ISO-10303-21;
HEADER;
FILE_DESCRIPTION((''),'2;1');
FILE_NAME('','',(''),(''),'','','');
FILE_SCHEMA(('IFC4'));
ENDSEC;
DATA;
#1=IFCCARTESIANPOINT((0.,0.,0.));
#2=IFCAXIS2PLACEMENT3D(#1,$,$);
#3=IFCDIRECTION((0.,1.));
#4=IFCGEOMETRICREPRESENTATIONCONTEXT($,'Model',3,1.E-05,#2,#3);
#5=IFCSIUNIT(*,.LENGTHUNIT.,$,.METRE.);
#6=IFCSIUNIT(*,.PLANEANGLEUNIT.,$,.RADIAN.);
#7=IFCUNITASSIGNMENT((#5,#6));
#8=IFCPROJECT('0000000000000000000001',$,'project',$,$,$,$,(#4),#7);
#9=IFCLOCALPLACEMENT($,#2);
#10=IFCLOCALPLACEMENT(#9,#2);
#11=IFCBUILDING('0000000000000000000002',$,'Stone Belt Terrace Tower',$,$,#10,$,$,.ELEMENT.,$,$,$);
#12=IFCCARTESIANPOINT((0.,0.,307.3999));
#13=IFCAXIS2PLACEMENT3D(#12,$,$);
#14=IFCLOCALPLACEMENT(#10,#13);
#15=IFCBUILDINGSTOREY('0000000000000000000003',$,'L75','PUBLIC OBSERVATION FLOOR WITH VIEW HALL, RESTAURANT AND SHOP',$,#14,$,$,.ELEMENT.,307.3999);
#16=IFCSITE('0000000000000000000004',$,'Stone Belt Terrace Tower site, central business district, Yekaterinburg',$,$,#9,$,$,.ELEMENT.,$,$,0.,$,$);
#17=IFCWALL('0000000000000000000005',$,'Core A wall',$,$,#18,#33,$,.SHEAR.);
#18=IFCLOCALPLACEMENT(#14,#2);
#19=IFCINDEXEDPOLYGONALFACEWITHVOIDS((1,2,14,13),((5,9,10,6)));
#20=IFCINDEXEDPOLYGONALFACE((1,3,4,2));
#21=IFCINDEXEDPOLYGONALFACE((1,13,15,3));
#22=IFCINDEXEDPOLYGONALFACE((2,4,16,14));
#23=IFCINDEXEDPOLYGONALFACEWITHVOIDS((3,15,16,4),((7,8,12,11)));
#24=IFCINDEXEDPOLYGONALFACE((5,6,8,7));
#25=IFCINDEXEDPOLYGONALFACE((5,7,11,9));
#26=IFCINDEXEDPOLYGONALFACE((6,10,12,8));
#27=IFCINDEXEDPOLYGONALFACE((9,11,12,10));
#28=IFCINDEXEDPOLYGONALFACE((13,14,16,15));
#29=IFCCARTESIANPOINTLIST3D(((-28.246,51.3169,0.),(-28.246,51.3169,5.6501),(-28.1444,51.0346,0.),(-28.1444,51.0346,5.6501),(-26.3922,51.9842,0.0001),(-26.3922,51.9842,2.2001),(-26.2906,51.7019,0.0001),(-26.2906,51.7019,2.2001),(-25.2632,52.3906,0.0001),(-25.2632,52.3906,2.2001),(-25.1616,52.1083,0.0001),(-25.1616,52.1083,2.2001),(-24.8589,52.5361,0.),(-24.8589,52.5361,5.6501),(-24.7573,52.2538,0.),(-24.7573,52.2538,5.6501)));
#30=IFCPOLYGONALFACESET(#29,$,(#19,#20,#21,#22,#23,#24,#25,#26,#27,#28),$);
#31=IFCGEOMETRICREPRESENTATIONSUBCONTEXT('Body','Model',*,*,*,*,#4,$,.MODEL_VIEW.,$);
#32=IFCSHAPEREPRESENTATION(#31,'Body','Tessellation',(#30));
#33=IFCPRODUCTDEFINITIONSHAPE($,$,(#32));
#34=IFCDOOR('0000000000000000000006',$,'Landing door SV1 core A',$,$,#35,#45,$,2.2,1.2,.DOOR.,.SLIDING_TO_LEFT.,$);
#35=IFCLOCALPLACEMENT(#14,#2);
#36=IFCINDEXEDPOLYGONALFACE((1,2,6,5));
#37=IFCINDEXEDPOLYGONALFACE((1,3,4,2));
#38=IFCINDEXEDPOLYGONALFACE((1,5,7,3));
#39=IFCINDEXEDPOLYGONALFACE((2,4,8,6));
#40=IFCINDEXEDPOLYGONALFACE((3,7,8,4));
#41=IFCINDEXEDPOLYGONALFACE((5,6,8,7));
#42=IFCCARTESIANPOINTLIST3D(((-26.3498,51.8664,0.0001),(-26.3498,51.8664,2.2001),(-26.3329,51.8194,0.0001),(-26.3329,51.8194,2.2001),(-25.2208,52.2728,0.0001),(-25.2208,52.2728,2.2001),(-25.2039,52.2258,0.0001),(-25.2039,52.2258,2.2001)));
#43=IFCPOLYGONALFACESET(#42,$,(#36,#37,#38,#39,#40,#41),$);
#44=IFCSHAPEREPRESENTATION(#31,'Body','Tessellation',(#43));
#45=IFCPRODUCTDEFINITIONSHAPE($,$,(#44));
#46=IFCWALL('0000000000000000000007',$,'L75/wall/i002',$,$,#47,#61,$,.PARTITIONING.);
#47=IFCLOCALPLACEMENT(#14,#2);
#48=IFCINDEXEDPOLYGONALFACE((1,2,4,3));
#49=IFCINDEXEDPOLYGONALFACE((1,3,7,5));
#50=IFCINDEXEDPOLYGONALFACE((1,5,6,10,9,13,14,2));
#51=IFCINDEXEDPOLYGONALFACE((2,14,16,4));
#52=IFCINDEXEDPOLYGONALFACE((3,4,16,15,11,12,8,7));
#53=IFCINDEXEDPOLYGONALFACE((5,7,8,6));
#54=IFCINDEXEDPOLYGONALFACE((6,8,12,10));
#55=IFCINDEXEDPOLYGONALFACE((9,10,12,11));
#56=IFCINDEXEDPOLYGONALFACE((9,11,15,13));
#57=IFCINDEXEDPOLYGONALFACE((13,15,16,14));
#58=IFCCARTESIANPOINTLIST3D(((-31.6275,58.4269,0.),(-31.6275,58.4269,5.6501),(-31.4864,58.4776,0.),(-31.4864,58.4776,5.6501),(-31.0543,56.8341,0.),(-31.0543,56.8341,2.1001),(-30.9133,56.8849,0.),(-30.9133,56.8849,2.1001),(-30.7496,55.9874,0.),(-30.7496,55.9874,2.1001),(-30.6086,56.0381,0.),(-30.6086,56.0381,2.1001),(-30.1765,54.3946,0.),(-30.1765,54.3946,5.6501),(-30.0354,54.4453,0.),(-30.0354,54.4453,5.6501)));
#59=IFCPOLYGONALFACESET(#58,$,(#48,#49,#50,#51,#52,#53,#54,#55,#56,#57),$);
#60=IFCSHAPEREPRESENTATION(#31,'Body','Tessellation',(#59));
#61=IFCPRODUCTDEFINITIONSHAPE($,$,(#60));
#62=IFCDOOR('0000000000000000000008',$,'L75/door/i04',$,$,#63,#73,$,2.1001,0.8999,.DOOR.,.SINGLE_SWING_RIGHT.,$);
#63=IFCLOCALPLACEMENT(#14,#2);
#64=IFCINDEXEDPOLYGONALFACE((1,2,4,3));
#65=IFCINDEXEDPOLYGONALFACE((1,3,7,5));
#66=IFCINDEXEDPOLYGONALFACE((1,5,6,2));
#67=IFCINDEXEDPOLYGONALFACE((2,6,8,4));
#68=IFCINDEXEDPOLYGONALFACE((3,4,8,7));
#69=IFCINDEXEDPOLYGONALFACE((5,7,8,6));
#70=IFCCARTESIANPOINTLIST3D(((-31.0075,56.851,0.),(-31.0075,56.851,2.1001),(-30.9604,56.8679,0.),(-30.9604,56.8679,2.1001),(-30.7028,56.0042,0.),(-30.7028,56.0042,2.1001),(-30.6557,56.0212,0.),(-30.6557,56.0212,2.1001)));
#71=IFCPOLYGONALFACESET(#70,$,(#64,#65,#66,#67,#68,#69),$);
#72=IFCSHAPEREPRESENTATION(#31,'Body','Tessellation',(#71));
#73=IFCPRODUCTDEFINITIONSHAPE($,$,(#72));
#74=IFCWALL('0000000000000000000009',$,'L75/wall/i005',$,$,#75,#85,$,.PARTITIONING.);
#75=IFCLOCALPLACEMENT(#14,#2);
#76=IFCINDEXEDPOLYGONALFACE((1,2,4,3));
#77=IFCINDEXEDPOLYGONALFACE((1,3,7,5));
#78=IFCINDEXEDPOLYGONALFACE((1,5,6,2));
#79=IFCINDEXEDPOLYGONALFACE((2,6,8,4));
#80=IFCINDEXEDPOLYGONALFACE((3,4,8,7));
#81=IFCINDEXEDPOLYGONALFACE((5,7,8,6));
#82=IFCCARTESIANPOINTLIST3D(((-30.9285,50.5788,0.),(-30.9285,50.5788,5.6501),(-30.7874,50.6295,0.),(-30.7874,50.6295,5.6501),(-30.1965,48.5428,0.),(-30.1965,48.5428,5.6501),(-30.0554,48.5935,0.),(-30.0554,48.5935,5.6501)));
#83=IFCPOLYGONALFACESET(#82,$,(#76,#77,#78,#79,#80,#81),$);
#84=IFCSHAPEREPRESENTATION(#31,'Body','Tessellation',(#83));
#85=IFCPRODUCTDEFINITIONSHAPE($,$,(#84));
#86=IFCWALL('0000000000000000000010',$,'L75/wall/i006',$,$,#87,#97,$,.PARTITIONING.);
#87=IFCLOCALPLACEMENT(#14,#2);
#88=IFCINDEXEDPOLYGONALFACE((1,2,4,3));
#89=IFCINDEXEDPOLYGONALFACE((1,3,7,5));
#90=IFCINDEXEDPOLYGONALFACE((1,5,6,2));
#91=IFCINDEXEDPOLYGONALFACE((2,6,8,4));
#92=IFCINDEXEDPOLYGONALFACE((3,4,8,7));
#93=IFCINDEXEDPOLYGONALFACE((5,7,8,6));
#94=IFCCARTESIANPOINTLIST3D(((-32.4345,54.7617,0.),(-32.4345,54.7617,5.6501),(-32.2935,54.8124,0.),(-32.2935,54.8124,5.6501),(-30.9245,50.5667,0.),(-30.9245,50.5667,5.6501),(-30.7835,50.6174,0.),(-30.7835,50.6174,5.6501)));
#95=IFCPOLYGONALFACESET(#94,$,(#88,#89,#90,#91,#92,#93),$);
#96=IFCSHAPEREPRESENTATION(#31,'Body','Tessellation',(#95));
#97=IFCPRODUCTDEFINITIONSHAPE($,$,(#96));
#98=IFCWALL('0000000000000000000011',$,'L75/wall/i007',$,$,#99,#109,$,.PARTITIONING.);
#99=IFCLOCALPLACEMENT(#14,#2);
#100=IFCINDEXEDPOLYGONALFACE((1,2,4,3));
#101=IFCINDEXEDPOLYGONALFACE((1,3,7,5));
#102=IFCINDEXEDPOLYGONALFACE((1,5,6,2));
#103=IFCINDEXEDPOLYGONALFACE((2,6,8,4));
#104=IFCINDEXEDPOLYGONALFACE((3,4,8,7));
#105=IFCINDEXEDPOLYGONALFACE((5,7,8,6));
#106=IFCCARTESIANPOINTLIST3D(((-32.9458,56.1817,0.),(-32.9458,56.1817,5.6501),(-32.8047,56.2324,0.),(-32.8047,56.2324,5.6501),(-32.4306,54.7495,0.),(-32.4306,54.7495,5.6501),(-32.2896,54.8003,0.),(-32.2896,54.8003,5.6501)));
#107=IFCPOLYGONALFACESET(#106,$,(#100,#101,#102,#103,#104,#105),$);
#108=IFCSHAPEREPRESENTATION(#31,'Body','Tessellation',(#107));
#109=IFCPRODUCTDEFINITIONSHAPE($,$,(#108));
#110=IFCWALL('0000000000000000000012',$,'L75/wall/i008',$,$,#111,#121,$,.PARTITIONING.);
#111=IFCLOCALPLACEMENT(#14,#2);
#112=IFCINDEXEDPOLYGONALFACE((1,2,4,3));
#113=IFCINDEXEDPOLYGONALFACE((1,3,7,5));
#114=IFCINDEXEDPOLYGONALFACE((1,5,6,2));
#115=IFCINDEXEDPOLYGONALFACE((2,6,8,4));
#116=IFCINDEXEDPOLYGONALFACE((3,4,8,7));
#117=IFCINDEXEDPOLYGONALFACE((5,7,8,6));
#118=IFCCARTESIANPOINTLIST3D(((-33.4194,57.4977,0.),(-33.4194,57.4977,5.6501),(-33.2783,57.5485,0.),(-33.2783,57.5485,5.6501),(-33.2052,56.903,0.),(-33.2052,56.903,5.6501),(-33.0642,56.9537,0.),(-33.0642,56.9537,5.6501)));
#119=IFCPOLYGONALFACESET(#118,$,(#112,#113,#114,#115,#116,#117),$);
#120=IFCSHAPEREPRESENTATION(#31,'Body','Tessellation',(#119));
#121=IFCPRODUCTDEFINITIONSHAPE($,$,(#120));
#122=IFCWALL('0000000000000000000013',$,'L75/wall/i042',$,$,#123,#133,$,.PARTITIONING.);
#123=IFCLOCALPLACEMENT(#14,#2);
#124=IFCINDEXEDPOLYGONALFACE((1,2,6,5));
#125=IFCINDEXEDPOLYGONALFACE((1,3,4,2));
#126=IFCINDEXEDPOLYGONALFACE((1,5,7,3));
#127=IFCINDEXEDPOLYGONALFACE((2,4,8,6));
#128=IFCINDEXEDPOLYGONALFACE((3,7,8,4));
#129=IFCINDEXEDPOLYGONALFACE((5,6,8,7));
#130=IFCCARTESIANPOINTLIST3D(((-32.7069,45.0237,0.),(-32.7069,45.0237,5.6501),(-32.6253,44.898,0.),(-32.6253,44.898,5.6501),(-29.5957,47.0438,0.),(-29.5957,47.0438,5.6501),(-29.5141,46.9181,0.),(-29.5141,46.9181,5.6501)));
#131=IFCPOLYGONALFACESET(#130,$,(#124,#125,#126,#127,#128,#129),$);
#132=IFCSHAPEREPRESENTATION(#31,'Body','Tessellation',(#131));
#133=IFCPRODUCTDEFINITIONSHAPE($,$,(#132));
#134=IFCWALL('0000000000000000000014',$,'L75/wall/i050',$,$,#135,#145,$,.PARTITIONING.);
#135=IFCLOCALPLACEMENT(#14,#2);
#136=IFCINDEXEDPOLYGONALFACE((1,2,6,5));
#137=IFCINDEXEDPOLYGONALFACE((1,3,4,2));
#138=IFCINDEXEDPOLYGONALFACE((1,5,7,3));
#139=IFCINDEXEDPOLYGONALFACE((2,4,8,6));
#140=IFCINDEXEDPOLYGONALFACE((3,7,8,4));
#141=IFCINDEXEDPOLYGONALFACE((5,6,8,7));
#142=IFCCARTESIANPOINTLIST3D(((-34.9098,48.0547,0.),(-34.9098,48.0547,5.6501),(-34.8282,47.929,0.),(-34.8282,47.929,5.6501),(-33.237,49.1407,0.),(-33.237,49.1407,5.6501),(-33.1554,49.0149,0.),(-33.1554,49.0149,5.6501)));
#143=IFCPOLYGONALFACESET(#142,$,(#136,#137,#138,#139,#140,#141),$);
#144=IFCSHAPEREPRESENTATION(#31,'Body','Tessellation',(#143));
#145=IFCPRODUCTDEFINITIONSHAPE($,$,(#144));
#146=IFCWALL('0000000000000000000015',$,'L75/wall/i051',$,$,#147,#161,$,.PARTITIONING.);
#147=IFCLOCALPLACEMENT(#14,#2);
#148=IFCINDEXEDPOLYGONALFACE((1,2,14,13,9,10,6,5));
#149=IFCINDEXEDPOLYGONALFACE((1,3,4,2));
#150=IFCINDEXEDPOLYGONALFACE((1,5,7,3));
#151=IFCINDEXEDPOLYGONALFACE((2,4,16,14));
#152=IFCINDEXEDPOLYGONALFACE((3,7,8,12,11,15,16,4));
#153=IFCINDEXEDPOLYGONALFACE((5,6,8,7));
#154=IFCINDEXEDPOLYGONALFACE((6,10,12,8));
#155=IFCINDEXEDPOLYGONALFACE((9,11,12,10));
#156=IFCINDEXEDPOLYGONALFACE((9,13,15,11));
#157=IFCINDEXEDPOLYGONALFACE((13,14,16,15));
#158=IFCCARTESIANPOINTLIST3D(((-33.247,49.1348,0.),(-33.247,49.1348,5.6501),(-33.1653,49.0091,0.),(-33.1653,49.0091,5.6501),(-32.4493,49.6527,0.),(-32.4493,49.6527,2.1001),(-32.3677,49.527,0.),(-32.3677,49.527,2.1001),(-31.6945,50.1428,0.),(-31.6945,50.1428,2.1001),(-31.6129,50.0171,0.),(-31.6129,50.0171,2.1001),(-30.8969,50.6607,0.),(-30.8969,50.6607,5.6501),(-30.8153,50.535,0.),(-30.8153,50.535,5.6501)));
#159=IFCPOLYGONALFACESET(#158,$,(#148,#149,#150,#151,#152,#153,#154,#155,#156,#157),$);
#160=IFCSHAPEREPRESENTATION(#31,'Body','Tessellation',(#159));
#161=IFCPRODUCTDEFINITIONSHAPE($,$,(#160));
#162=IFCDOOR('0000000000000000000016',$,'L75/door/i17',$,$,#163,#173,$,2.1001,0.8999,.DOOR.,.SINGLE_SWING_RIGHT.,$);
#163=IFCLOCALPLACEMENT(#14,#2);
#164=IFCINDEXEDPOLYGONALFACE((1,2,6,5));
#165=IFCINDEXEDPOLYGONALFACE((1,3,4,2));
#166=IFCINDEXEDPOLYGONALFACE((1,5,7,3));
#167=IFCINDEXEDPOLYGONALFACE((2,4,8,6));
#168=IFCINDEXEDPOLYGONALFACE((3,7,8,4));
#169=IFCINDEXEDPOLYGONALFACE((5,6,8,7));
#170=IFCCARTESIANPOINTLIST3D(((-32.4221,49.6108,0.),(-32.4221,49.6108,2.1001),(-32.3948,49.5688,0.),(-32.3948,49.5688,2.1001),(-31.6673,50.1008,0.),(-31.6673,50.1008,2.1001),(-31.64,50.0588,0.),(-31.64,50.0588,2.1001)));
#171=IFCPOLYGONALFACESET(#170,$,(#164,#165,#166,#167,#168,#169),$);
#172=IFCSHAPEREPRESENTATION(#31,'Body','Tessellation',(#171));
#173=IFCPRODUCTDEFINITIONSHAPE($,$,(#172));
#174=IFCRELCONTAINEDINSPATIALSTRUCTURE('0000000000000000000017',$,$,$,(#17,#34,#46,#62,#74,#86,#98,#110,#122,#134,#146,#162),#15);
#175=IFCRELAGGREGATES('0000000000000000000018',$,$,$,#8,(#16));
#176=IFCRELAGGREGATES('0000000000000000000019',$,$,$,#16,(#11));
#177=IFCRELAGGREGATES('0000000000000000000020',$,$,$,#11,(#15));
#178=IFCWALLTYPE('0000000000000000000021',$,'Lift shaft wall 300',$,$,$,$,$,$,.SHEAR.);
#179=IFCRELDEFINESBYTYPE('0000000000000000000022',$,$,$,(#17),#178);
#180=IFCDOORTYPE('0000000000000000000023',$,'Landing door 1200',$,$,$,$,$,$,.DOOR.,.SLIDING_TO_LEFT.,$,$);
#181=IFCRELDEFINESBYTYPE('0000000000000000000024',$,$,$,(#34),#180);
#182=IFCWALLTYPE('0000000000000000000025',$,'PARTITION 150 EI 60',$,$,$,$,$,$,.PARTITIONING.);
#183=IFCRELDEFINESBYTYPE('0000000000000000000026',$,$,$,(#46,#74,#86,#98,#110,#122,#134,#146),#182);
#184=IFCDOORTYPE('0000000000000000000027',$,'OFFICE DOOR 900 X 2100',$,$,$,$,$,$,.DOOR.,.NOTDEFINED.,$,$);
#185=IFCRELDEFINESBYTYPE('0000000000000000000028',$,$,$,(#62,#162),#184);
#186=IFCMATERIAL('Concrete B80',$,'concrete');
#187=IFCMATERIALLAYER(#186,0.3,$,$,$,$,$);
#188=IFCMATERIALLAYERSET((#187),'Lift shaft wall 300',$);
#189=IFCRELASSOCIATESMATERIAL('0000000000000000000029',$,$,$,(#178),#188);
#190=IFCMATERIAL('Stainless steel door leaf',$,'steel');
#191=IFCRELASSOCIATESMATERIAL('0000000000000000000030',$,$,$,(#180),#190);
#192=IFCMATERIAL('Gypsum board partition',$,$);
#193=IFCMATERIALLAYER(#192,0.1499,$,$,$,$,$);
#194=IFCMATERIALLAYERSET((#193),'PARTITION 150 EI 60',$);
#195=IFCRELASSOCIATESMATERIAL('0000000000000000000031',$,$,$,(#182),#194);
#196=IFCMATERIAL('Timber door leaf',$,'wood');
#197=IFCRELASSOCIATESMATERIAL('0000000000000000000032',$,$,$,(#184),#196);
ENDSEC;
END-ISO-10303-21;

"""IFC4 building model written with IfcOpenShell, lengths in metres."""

from ifc_helpers import new_model, si_unit, direction, frame, frame_2d, origin, place, context, subcontext, project, spatial, rectangle, extrude, material, layer, layer_set, type_object, element, fill, save


model = new_model("IFC4")

# Units and contexts
model_context = context("Model", 3, precision=1e-05, world=origin(), true_north=direction((0.0, 1.0)))
body_context = subcontext(model_context, "Body", "Model", "MODEL_VIEW")
ifc_project = project(units=[si_unit("LENGTHUNIT", "METRE"), si_unit("PLANEANGLEUNIT", "RADIAN")], contexts=[model_context])

# Site, building, storey
site_placement = place(None, origin())
site = spatial("IfcSite", under=ifc_project, at=site_placement, Name="Stone Belt Terrace Tower site, central business district, Yekaterinburg", CompositionType="ELEMENT", RefElevation=0.0)
building_placement = place(site_placement, origin())
building = spatial("IfcBuilding", under=site, at=building_placement, Name="Stone Belt Terrace Tower", CompositionType="ELEMENT")
storey_placement = place(building_placement, frame((0.0, 0.0, 307.3999)))
storey = spatial("IfcBuildingStorey", under=building, at=storey_placement, Name="L75", Description="PUBLIC OBSERVATION FLOOR WITH VIEW HALL, RESTAURANT AND SHOP", CompositionType="ELEMENT", Elevation=307.3999)

# Walls, openings, doors
ifc_material_1 = material(Name="Concrete B80", Category="concrete")
ifc_layer_1 = layer(ifc_material_1, 0.3)
ifc_layer_set_1 = layer_set([ifc_layer_1], Name="Lift shaft wall 300")
wall_type_1 = type_object("IfcWallType", Name="Lift shaft wall 300", PredefinedType="SHEAR", material=ifc_layer_set_1)
wall_1_placement = place(storey_placement, frame((-28.1951, 51.1758, 0.0), z_axis=(0.0, 0.0, 1.0), x_axis=(0.940901, 0.338681, 0.0)))
wall_1 = element("IfcWall", 1, at=wall_1_placement, inside=storey, type_object=wall_type_1, Name="Core A wall", PredefinedType="SHEAR", context=body_context, shape_type="SweptSolid", body=[
    extrude(rectangle(XDim=3.5999, YDim=0.3, at=frame_2d((1.7998, 0.0))), origin(), (0.0, 0.0, 1.0), 5.6501),
])
opening_1_placement = place(wall_1_placement, frame((1.97, 0.0, 0.0)))
opening_1 = element("IfcOpeningElement", 2, at=opening_1_placement, cuts=wall_1, PredefinedType="OPENING", context=body_context, shape_type="SweptSolid", body=[
    extrude(rectangle(XDim=1.2, YDim=2.2, at=frame_2d((0.6001, 1.1001))), frame((0.0, 0.1599, 0.0), z_axis=(0.0, -1.0, 0.0), x_axis=(1.0, 0.0, 0.0)), (0.0, 0.0, 1.0), 0.3201),
])
ifc_material_2 = material(Name="Stainless steel door leaf", Category="steel")
door_type_1 = type_object("IfcDoorType", Name="Landing door 1200", OperationType="SLIDING_TO_LEFT", PredefinedType="DOOR", material=ifc_material_2)
door_1_placement = place(opening_1_placement, origin())
door_1 = element("IfcDoor", 3, at=door_1_placement, inside=storey, type_object=door_type_1, Name="Landing door SV1 core A", OperationType="SLIDING_TO_LEFT", OverallHeight=2.2, OverallWidth=1.2, PredefinedType="DOOR", context=body_context, shape_type="SweptSolid", body=[
    extrude(rectangle(XDim=1.2, YDim=2.2, at=frame_2d((0.6001, 1.1001))), frame((0.0, 0.0249, 0.0), z_axis=(0.0, -1.0, 0.0), x_axis=(1.0, 0.0, 0.0)), (0.0, 0.0, 1.0), 0.05),
])
fill(opening_1, door_1)
ifc_material_3 = material(Name="Gypsum board partition")
ifc_layer_2 = layer(ifc_material_3, 0.1499)
ifc_layer_set_2 = layer_set([ifc_layer_2], Name="PARTITION 150 EI 60")
wall_type_2 = type_object("IfcWallType", Name="PARTITION 150 EI 60", PredefinedType="PARTITIONING", material=ifc_layer_set_2)
wall_2_placement = place(storey_placement, frame((-31.5569, 58.4521, 0.0), z_axis=(0.0, 0.0, 1.0), x_axis=(0.33858, -0.940938, 0.0)))
wall_2 = element("IfcWall", 4, at=wall_2_placement, inside=storey, type_object=wall_type_2, Name="L75/wall/i002", PredefinedType="PARTITIONING", context=body_context, shape_type="SweptSolid", body=[
    extrude(rectangle(XDim=4.2854, YDim=0.1499, at=frame_2d((2.1426, 0.0))), origin(), (0.0, 0.0, 1.0), 5.6501),
])
opening_2_placement = place(wall_2_placement, frame((1.6926, 0.0, 0.0)))
opening_2 = element("IfcOpeningElement", 5, at=opening_2_placement, cuts=wall_2, PredefinedType="OPENING", context=body_context, shape_type="SweptSolid", body=[
    extrude(rectangle(XDim=0.8999, YDim=2.1001, at=frame_2d((0.45, 1.05))), frame((0.0, 0.085, 0.0), z_axis=(0.0, -1.0, 0.0), x_axis=(1.0, 0.0, 0.0)), (0.0, 0.0, 1.0), 0.1699),
])
ifc_material_4 = material(Name="Timber door leaf", Category="wood")
door_type_2 = type_object("IfcDoorType", Name="OFFICE DOOR 900 X 2100", OperationType="NOTDEFINED", PredefinedType="DOOR", material=ifc_material_4)
door_2_placement = place(opening_2_placement, origin())
door_2 = element("IfcDoor", 6, at=door_2_placement, inside=storey, type_object=door_type_2, Name="L75/door/i04", OperationType="SINGLE_SWING_RIGHT", OverallHeight=2.1001, OverallWidth=0.8999, PredefinedType="DOOR", context=body_context, shape_type="SweptSolid", body=[
    extrude(rectangle(XDim=0.8999, YDim=2.1001, at=frame_2d((0.45, 1.05))), frame((0.0, 0.0249, 0.0), z_axis=(0.0, -1.0, 0.0), x_axis=(1.0, 0.0, 0.0)), (0.0, 0.0, 1.0), 0.05),
])
fill(opening_2, door_2)

# Walls
wall_3_placement = place(storey_placement, frame((-30.126, 48.5681, 0.0), z_axis=(0.0, 0.0, 1.0), x_axis=(-0.338316, 0.941033, 0.0)))
element("IfcWall", 7, at=wall_3_placement, inside=storey, type_object=wall_type_2, Name="L75/wall/i005", PredefinedType="PARTITIONING", context=body_context, shape_type="SweptSolid", body=[
    extrude(rectangle(XDim=2.1636, YDim=0.1499, at=frame_2d((1.0818, 0.0))), origin(), (0.0, 0.0, 1.0), 5.6501),
])
wall_4_placement = place(storey_placement, frame((-30.854, 50.592, 0.0), z_axis=(0.0, 0.0, 1.0), x_axis=(-0.338677, 0.940903, 0.0)))
element("IfcWall", 8, at=wall_4_placement, inside=storey, type_object=wall_type_2, Name="L75/wall/i006", PredefinedType="PARTITIONING", context=body_context, shape_type="SweptSolid", body=[
    extrude(rectangle(XDim=4.4585, YDim=0.1499, at=frame_2d((2.2292, 0.0))), origin(), (0.0, 0.0, 1.0), 5.6501),
])
wall_5_placement = place(storey_placement, frame((-32.3601, 54.7749, 0.0), z_axis=(0.0, 0.0, 1.0), x_axis=(-0.33847, 0.940977, 0.0)))
element("IfcWall", 9, at=wall_5_placement, inside=storey, type_object=wall_type_2, Name="L75/wall/i007", PredefinedType="PARTITIONING", context=body_context, shape_type="SweptSolid", body=[
    extrude(rectangle(XDim=1.522, YDim=0.1499, at=frame_2d((0.761, 0.0))), origin(), (0.0, 0.0, 1.0), 5.6501),
])
wall_6_placement = place(storey_placement, frame((-33.1348, 56.9285, 0.0), z_axis=(0.0, 0.0, 1.0), x_axis=(-0.338733, 0.940882, 0.0)))
element("IfcWall", 10, at=wall_6_placement, inside=storey, type_object=wall_type_2, Name="L75/wall/i008", PredefinedType="PARTITIONING", context=body_context, shape_type="SweptSolid", body=[
    extrude(rectangle(XDim=0.6321, YDim=0.1499, at=frame_2d((0.3159, 0.0))), origin(), (0.0, 0.0, 1.0), 5.6501),
])
wall_7_placement = place(storey_placement, frame((-29.5549, 46.981, 0.0), z_axis=(0.0, 0.0, 1.0), x_axis=(-0.838713, -0.544574, 0.0)))
element("IfcWall", 11, at=wall_7_placement, inside=storey, type_object=wall_type_2, Name="L75/wall/i042", PredefinedType="PARTITIONING", context=body_context, shape_type="SweptSolid", body=[
    extrude(rectangle(XDim=3.7095, YDim=0.1499, at=frame_2d((1.8547, 0.0))), origin(), (0.0, 0.0, 1.0), 5.6501),
])
wall_8_placement = place(storey_placement, frame((-34.8689, 47.9919, 0.0), z_axis=(0.0, 0.0, 1.0), x_axis=(0.838768, 0.544489, 0.0)))
element("IfcWall", 12, at=wall_8_placement, inside=storey, type_object=wall_type_2, Name="L75/wall/i050", PredefinedType="PARTITIONING", context=body_context, shape_type="SweptSolid", body=[
    extrude(rectangle(XDim=1.9944, YDim=0.1499, at=frame_2d((0.9971, 0.0))), origin(), (0.0, 0.0, 1.0), 5.6501),
])

# Wall, opening, door
wall_9_placement = place(storey_placement, frame((-33.2061, 49.072, 0.0), z_axis=(0.0, 0.0, 1.0), x_axis=(0.838718, 0.544566, 0.0)))
wall_9 = element("IfcWall", 13, at=wall_9_placement, inside=storey, type_object=wall_type_2, Name="L75/wall/i051", PredefinedType="PARTITIONING", context=body_context, shape_type="SweptSolid", body=[
    extrude(rectangle(XDim=2.802, YDim=0.1499, at=frame_2d((1.4009, 0.0))), origin(), (0.0, 0.0, 1.0), 5.6501),
])
opening_3_placement = place(wall_9_placement, frame((0.9509, 0.0, 0.0)))
opening_3 = element("IfcOpeningElement", 14, at=opening_3_placement, cuts=wall_9, PredefinedType="OPENING", context=body_context, shape_type="SweptSolid", body=[
    extrude(rectangle(XDim=0.8999, YDim=2.1001, at=frame_2d((0.45, 1.05))), frame((0.0, 0.085, 0.0), z_axis=(0.0, -1.0, 0.0), x_axis=(1.0, 0.0, 0.0)), (0.0, 0.0, 1.0), 0.1699),
])
door_3_placement = place(opening_3_placement, origin())
door_3 = element("IfcDoor", 15, at=door_3_placement, inside=storey, type_object=door_type_2, Name="L75/door/i17", OperationType="SINGLE_SWING_RIGHT", OverallHeight=2.1001, OverallWidth=0.8999, PredefinedType="DOOR", context=body_context, shape_type="SweptSolid", body=[
    extrude(rectangle(XDim=0.8999, YDim=2.1001, at=frame_2d((0.45, 1.05))), frame((0.0, 0.0249, 0.0), z_axis=(0.0, -1.0, 0.0), x_axis=(1.0, 0.0, 0.0)), (0.0, 0.0, 1.0), 0.05),
])
fill(opening_3, door_3)

save(model, "model.ifc")
